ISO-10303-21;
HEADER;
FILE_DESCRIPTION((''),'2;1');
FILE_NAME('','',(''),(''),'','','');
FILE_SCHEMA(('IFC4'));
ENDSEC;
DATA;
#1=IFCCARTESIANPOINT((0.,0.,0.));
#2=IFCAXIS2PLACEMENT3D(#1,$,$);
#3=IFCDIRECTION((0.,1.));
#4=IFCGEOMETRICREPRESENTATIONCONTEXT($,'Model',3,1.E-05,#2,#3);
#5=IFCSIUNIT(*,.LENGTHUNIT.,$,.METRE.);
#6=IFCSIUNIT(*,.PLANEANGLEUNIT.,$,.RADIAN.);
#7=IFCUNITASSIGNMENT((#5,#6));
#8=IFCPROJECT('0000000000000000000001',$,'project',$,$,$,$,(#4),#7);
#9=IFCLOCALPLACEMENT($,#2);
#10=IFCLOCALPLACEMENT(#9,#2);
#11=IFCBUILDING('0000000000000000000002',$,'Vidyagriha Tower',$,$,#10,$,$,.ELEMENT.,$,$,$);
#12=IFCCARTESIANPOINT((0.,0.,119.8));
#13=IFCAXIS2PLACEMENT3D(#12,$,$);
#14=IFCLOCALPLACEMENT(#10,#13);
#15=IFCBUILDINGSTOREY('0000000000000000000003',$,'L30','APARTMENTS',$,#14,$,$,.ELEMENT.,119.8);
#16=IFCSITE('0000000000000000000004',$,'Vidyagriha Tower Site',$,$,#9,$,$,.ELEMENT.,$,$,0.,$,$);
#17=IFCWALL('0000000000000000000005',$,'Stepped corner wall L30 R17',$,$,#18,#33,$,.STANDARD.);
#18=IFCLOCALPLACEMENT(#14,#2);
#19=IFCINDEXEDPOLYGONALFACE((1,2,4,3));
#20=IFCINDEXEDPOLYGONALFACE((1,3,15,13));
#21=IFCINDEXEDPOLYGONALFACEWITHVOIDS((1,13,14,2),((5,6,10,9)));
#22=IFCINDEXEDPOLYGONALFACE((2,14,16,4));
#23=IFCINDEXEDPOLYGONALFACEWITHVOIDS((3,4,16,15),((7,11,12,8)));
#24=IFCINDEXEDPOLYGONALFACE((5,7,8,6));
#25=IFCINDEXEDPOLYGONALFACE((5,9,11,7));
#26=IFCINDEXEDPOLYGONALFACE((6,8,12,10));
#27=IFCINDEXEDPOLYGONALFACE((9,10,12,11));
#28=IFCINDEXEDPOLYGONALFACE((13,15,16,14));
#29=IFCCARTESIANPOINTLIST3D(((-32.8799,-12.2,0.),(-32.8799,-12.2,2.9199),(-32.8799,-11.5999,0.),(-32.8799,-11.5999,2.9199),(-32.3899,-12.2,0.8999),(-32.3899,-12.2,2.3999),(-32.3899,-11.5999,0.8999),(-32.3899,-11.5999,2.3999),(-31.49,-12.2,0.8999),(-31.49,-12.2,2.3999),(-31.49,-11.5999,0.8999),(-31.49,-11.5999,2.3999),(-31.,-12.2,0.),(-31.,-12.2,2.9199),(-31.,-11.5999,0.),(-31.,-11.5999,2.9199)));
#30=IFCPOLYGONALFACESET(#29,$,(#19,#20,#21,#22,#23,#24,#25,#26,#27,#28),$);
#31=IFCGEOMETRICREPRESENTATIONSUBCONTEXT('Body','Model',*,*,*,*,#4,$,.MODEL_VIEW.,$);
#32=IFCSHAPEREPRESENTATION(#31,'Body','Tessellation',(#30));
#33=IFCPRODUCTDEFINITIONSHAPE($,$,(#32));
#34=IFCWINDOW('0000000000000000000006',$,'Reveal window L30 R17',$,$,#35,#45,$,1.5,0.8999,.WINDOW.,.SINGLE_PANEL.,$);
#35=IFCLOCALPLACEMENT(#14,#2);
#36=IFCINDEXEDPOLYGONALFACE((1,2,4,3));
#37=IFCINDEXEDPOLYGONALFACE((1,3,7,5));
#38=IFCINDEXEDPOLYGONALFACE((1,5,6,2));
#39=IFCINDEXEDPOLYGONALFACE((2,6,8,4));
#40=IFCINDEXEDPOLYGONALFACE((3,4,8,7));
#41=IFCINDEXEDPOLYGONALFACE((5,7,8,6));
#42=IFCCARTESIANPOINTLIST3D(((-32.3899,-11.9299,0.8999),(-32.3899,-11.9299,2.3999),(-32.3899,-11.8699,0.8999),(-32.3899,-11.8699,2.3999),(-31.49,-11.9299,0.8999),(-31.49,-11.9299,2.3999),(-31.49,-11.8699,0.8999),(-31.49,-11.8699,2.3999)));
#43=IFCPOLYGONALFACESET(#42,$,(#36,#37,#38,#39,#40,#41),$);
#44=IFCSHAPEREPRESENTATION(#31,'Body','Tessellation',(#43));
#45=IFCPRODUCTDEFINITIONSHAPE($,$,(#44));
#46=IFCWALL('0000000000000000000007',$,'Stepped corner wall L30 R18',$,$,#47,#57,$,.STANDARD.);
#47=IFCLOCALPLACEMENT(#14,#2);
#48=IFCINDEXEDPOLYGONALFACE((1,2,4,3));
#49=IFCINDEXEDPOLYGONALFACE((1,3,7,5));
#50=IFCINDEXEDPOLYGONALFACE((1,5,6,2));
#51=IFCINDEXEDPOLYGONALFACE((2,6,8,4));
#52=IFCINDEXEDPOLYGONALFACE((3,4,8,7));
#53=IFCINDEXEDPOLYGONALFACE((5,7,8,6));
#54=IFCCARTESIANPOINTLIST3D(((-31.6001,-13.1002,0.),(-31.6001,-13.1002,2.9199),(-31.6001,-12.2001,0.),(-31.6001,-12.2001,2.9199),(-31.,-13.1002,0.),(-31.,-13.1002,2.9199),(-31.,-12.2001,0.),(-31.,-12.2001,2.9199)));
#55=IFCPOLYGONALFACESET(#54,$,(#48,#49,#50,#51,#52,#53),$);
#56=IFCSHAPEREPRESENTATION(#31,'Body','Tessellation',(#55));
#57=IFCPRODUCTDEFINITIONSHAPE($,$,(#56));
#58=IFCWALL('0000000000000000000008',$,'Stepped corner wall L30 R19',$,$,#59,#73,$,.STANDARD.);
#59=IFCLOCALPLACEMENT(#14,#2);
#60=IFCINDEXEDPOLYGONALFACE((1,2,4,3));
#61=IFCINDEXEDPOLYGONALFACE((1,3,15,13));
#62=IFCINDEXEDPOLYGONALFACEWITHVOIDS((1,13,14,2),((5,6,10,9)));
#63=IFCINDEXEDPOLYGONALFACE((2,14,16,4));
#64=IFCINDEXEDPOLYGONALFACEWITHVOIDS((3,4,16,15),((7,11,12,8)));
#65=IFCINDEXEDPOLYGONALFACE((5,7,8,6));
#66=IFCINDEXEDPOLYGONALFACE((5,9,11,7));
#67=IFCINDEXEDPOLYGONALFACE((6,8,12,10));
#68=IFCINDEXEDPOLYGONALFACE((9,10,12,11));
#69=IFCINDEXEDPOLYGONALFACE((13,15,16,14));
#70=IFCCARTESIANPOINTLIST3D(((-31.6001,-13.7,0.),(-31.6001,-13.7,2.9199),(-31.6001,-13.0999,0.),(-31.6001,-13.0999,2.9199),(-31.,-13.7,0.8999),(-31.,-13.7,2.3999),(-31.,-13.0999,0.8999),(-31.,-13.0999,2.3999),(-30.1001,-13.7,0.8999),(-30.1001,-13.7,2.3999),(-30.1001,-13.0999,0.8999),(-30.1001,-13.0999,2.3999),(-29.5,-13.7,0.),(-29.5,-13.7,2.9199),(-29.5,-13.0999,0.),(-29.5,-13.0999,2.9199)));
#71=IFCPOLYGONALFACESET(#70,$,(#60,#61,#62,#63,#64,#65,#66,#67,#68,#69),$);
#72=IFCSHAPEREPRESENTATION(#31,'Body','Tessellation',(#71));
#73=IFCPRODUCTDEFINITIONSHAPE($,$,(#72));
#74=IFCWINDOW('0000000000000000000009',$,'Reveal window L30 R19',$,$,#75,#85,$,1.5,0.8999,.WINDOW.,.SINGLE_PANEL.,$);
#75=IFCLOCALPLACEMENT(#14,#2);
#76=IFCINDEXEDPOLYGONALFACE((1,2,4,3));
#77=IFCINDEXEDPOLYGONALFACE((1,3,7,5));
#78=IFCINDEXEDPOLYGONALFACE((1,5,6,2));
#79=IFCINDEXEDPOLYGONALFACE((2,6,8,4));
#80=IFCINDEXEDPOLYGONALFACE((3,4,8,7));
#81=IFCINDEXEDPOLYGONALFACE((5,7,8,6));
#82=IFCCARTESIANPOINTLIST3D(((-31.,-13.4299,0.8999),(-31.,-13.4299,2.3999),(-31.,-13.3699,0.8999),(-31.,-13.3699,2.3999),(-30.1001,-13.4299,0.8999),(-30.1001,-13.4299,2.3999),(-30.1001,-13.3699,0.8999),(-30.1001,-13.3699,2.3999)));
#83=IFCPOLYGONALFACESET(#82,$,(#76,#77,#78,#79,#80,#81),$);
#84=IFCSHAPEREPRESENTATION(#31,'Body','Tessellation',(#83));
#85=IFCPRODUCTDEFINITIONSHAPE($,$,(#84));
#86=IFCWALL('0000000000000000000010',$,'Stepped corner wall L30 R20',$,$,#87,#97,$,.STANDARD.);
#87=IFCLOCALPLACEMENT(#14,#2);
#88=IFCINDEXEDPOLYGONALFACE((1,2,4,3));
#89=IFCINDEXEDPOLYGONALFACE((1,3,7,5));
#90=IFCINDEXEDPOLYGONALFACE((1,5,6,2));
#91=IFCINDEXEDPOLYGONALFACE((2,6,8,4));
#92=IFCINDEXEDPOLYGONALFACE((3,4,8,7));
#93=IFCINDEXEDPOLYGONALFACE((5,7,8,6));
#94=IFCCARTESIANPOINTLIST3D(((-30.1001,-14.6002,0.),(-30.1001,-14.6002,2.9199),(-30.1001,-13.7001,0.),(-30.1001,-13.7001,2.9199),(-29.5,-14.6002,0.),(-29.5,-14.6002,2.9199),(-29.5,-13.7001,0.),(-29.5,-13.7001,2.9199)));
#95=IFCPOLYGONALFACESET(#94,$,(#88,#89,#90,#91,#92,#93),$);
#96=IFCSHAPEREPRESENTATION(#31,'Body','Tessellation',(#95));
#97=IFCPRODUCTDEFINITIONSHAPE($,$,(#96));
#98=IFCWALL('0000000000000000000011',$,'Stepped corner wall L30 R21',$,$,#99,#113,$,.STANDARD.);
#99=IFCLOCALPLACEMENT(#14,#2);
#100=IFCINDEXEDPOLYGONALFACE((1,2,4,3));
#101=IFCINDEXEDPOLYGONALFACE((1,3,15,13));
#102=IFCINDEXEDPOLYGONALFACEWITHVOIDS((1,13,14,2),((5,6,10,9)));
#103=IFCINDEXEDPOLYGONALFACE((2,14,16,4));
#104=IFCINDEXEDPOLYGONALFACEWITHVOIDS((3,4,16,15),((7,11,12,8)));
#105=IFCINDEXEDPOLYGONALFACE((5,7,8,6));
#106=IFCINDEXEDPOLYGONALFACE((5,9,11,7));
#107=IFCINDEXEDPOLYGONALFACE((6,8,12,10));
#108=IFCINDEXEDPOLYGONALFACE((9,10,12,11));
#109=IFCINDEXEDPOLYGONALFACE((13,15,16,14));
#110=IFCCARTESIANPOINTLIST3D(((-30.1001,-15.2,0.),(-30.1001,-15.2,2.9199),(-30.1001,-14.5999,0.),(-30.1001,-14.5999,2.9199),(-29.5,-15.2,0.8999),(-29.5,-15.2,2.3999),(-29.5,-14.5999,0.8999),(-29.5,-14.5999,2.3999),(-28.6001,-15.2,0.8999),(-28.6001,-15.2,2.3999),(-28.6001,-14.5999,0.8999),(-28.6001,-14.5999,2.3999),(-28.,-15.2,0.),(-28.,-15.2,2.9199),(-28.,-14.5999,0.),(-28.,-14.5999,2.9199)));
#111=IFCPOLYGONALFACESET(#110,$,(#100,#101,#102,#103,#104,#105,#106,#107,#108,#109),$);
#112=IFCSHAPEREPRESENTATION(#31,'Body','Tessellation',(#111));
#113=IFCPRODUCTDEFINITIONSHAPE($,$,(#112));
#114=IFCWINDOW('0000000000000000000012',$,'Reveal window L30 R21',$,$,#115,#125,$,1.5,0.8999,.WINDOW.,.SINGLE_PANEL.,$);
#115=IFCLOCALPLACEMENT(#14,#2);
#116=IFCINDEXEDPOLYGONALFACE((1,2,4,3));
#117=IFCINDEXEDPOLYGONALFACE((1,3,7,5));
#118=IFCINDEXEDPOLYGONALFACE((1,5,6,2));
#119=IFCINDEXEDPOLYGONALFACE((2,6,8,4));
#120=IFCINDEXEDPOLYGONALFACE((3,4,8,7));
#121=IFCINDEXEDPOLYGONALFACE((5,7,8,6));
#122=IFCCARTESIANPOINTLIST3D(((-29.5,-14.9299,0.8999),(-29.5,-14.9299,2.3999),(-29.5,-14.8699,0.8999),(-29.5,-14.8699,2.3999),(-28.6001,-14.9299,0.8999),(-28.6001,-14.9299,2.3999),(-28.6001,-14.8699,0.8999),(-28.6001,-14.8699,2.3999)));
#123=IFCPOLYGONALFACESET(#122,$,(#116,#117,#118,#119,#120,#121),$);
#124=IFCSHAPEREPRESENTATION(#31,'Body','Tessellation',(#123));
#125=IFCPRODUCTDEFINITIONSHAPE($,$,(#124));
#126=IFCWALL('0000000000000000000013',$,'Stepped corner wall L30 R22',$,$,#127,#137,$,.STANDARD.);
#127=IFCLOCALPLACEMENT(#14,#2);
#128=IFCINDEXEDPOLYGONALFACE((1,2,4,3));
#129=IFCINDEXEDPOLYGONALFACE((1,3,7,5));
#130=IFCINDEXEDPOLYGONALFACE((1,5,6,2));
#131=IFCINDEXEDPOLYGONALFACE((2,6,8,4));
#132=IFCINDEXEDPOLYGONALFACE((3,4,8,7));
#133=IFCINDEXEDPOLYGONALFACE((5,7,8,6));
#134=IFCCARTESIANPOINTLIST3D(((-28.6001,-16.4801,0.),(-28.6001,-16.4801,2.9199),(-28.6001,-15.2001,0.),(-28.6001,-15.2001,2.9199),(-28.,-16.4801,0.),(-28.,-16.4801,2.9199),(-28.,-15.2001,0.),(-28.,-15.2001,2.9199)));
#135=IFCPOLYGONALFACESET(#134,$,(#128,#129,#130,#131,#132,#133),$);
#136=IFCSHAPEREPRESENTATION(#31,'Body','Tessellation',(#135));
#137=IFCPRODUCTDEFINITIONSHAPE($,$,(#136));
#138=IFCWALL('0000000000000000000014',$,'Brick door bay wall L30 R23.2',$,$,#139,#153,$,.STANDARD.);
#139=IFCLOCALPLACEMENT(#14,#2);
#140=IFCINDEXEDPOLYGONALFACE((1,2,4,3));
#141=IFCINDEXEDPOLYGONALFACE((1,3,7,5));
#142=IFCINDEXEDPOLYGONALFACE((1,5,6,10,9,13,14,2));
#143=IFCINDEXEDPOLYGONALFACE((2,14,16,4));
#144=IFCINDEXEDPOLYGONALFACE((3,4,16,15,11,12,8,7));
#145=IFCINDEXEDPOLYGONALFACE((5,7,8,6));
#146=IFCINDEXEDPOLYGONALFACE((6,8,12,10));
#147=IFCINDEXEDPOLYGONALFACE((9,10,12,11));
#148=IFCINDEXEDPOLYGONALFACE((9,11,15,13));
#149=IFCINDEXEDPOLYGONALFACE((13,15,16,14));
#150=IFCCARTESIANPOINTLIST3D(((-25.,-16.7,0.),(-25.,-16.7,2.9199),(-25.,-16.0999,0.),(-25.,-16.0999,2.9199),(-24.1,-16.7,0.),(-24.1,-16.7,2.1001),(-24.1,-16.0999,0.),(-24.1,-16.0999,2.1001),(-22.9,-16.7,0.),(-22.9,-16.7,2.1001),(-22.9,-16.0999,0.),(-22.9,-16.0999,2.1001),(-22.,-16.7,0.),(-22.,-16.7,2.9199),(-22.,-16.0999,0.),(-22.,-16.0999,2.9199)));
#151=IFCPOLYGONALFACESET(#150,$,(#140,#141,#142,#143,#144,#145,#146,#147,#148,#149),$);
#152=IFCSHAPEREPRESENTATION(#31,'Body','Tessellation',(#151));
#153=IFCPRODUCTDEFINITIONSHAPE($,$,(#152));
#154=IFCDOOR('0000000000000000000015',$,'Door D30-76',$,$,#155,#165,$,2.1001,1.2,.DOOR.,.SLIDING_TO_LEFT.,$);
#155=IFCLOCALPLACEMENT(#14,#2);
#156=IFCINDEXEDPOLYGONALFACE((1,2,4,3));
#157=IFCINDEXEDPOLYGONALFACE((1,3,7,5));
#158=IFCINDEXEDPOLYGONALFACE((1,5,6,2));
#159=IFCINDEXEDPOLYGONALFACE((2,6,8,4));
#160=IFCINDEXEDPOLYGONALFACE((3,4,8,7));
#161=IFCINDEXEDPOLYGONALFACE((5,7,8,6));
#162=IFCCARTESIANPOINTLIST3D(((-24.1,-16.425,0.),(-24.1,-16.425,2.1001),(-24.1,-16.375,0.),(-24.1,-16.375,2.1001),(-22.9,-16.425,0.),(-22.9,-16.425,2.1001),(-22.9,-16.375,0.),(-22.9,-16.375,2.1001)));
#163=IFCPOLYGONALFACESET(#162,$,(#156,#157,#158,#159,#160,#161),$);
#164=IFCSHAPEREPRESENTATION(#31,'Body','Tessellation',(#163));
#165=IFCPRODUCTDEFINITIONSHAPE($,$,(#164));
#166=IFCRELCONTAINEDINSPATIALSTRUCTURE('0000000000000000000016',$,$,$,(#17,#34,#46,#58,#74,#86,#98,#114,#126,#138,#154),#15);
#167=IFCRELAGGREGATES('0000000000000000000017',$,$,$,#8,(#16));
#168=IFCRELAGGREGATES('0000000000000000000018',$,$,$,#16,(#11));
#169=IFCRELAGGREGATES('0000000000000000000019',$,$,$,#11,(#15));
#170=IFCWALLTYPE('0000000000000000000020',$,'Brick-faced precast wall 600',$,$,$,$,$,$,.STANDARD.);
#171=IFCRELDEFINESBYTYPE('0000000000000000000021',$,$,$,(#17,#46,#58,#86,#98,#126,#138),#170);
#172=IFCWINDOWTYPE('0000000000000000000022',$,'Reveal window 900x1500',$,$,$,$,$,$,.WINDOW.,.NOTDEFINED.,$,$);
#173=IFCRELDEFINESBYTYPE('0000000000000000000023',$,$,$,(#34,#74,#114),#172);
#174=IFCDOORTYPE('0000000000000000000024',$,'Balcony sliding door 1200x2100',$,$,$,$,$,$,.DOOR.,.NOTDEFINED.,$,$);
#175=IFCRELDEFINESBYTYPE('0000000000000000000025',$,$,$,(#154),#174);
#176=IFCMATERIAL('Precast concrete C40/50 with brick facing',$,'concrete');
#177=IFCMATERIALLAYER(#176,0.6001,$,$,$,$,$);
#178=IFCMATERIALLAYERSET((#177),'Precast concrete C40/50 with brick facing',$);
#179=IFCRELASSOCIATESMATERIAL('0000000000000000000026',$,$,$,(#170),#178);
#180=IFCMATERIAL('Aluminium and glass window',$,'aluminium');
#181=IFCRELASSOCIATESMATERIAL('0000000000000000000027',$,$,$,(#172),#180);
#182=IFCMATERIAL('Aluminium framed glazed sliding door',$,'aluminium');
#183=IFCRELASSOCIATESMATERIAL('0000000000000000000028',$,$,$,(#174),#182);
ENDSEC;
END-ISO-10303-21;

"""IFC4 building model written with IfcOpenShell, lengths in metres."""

from ifc_helpers import new_model, si_unit, direction, frame, frame_2d, origin, place, context, subcontext, project, spatial, rectangle, extrude, material, layer, layer_set, type_object, element, fill, save


model = new_model("IFC4")

# Units and contexts
model_context = context("Model", 3, precision=1e-05, world=origin(), true_north=direction((0.0, 1.0)))
body_context = subcontext(model_context, "Body", "Model", "MODEL_VIEW")
ifc_project = project(units=[si_unit("LENGTHUNIT", "METRE"), si_unit("PLANEANGLEUNIT", "RADIAN")], contexts=[model_context])

# Site, building, storey
site_placement = place(None, origin())
site = spatial("IfcSite", under=ifc_project, at=site_placement, Name="Vidyagriha Tower Site", CompositionType="ELEMENT", RefElevation=0.0)
building_placement = place(site_placement, origin())
building = spatial("IfcBuilding", under=site, at=building_placement, Name="Vidyagriha Tower", CompositionType="ELEMENT")
storey_placement = place(building_placement, frame((0.0, 0.0, 119.8)))
storey = spatial("IfcBuildingStorey", under=building, at=storey_placement, Name="L30", Description="APARTMENTS", CompositionType="ELEMENT", Elevation=119.8)

# Wall, opening, window
ifc_material_1 = material(Name="Precast concrete C40/50 with brick facing", Category="concrete")
ifc_layer_1 = layer(ifc_material_1, 0.6001)
ifc_layer_set_1 = layer_set([ifc_layer_1], Name="Precast concrete C40/50 with brick facing")
wall_type = type_object("IfcWallType", Name="Brick-faced precast wall 600", PredefinedType="STANDARD", material=ifc_layer_set_1)
wall_1_placement = place(storey_placement, frame((-32.8799, -11.8999, 0.0)))
wall_1 = element("IfcWall", 1, at=wall_1_placement, inside=storey, type_object=wall_type, Name="Stepped corner wall L30 R17", PredefinedType="STANDARD", context=body_context, shape_type="SweptSolid", body=[
    extrude(rectangle(XDim=1.8799, YDim=0.6001, at=frame_2d((0.9399, 0.0))), origin(), (0.0, 0.0, 1.0), 2.9199),
])
opening_1_placement = place(wall_1_placement, frame((0.49, 0.0, 0.8999)))
opening_1 = element("IfcOpeningElement", 2, at=opening_1_placement, cuts=wall_1, PredefinedType="OPENING", context=body_context, shape_type="SweptSolid", body=[
    extrude(rectangle(XDim=0.8999, YDim=1.5, at=frame_2d((0.45, 0.75))), frame((0.0, 0.3101, 0.0), z_axis=(0.0, -1.0, 0.0), x_axis=(1.0, 0.0, 0.0)), (0.0, 0.0, 1.0), 0.6201),
])
ifc_material_2 = material(Name="Aluminium and glass window", Category="aluminium")
window_type = type_object("IfcWindowType", Name="Reveal window 900x1500", PartitioningType="NOTDEFINED", PredefinedType="WINDOW", material=ifc_material_2)
window_1_placement = place(opening_1_placement, origin())
window_1 = element("IfcWindow", 3, at=window_1_placement, inside=storey, type_object=window_type, Name="Reveal window L30 R17", OverallHeight=1.5, OverallWidth=0.8999, PartitioningType="SINGLE_PANEL", PredefinedType="WINDOW", context=body_context, shape_type="SweptSolid", body=[
    extrude(rectangle(XDim=0.8999, YDim=1.5, at=frame_2d((0.45, 0.75))), frame((0.0, 0.03, 0.0), z_axis=(0.0, -1.0, 0.0), x_axis=(1.0, 0.0, 0.0)), (0.0, 0.0, 1.0), 0.0601),
])
fill(opening_1, window_1)

# Wall
wall_2_placement = place(storey_placement, frame((-31.3, -12.2, 0.0), z_axis=(0.0, 0.0, 1.0), x_axis=(0.0, -1.0, 0.0)))
element("IfcWall", 4, at=wall_2_placement, inside=storey, type_object=wall_type, Name="Stepped corner wall L30 R18", PredefinedType="STANDARD", context=body_context, shape_type="SweptSolid", body=[
    extrude(rectangle(XDim=0.9001, YDim=0.6001, at=frame_2d((0.4502, 0.0))), origin(), (0.0, 0.0, 1.0), 2.9199),
])

# Wall, opening, window
wall_3_placement = place(storey_placement, frame((-31.6001, -13.3999, 0.0)))
wall_3 = element("IfcWall", 5, at=wall_3_placement, inside=storey, type_object=wall_type, Name="Stepped corner wall L30 R19", PredefinedType="STANDARD", context=body_context, shape_type="SweptSolid", body=[
    extrude(rectangle(XDim=2.1001, YDim=0.6001, at=frame_2d((1.05, 0.0))), origin(), (0.0, 0.0, 1.0), 2.9199),
])
opening_2_placement = place(wall_3_placement, frame((0.6001, 0.0, 0.8999)))
opening_2 = element("IfcOpeningElement", 6, at=opening_2_placement, cuts=wall_3, PredefinedType="OPENING", context=body_context, shape_type="SweptSolid", body=[
    extrude(rectangle(XDim=0.8999, YDim=1.5, at=frame_2d((0.45, 0.75))), frame((0.0, 0.3101, 0.0), z_axis=(0.0, -1.0, 0.0), x_axis=(1.0, 0.0, 0.0)), (0.0, 0.0, 1.0), 0.6201),
])
window_2_placement = place(opening_2_placement, origin())
window_2 = element("IfcWindow", 7, at=window_2_placement, inside=storey, type_object=window_type, Name="Reveal window L30 R19", OverallHeight=1.5, OverallWidth=0.8999, PartitioningType="SINGLE_PANEL", PredefinedType="WINDOW", context=body_context, shape_type="SweptSolid", body=[
    extrude(rectangle(XDim=0.8999, YDim=1.5, at=frame_2d((0.45, 0.75))), frame((0.0, 0.03, 0.0), z_axis=(0.0, -1.0, 0.0), x_axis=(1.0, 0.0, 0.0)), (0.0, 0.0, 1.0), 0.0601),
])
fill(opening_2, window_2)

# Wall
wall_4_placement = place(storey_placement, frame((-29.8, -13.7, 0.0), z_axis=(0.0, 0.0, 1.0), x_axis=(0.0, -1.0, 0.0)))
element("IfcWall", 8, at=wall_4_placement, inside=storey, type_object=wall_type, Name="Stepped corner wall L30 R20", PredefinedType="STANDARD", context=body_context, shape_type="SweptSolid", body=[
    extrude(rectangle(XDim=0.9001, YDim=0.6001, at=frame_2d((0.4502, 0.0))), origin(), (0.0, 0.0, 1.0), 2.9199),
])

# Wall, opening, window
wall_5_placement = place(storey_placement, frame((-30.1001, -14.8999, 0.0)))
wall_5 = element("IfcWall", 9, at=wall_5_placement, inside=storey, type_object=wall_type, Name="Stepped corner wall L30 R21", PredefinedType="STANDARD", context=body_context, shape_type="SweptSolid", body=[
    extrude(rectangle(XDim=2.1001, YDim=0.6001, at=frame_2d((1.05, 0.0))), origin(), (0.0, 0.0, 1.0), 2.9199),
])
opening_3_placement = place(wall_5_placement, frame((0.6001, 0.0, 0.8999)))
opening_3 = element("IfcOpeningElement", 10, at=opening_3_placement, cuts=wall_5, PredefinedType="OPENING", context=body_context, shape_type="SweptSolid", body=[
    extrude(rectangle(XDim=0.8999, YDim=1.5, at=frame_2d((0.45, 0.75))), frame((0.0, 0.3101, 0.0), z_axis=(0.0, -1.0, 0.0), x_axis=(1.0, 0.0, 0.0)), (0.0, 0.0, 1.0), 0.6201),
])
window_3_placement = place(opening_3_placement, origin())
window_3 = element("IfcWindow", 11, at=window_3_placement, inside=storey, type_object=window_type, Name="Reveal window L30 R21", OverallHeight=1.5, OverallWidth=0.8999, PartitioningType="SINGLE_PANEL", PredefinedType="WINDOW", context=body_context, shape_type="SweptSolid", body=[
    extrude(rectangle(XDim=0.8999, YDim=1.5, at=frame_2d((0.45, 0.75))), frame((0.0, 0.03, 0.0), z_axis=(0.0, -1.0, 0.0), x_axis=(1.0, 0.0, 0.0)), (0.0, 0.0, 1.0), 0.0601),
])
fill(opening_3, window_3)

# Wall
wall_6_placement = place(storey_placement, frame((-28.3, -15.2, 0.0), z_axis=(0.0, 0.0, 1.0), x_axis=(0.0, -1.0, 0.0)))
element("IfcWall", 12, at=wall_6_placement, inside=storey, type_object=wall_type, Name="Stepped corner wall L30 R22", PredefinedType="STANDARD", context=body_context, shape_type="SweptSolid", body=[
    extrude(rectangle(XDim=1.28, YDim=0.6001, at=frame_2d((0.6401, 0.0))), origin(), (0.0, 0.0, 1.0), 2.9199),
])

# Wall, opening, door
wall_7_placement = place(storey_placement, frame((-25.0, -16.3999, 0.0)))
wall_7 = element("IfcWall", 13, at=wall_7_placement, inside=storey, type_object=wall_type, Name="Brick door bay wall L30 R23.2", PredefinedType="STANDARD", context=body_context, shape_type="SweptSolid", body=[
    extrude(rectangle(XDim=3.0, YDim=0.6001, at=frame_2d((1.5, 0.0))), origin(), (0.0, 0.0, 1.0), 2.9199),
])
opening_4_placement = place(wall_7_placement, frame((0.8999, 0.0, 0.0)))
opening_4 = element("IfcOpeningElement", 14, at=opening_4_placement, cuts=wall_7, PredefinedType="OPENING", context=body_context, shape_type="SweptSolid", body=[
    extrude(rectangle(XDim=1.2, YDim=2.1001, at=frame_2d((0.6001, 1.05))), frame((0.0, 0.3101, 0.0), z_axis=(0.0, -1.0, 0.0), x_axis=(1.0, 0.0, 0.0)), (0.0, 0.0, 1.0), 0.6201),
])
ifc_material_3 = material(Name="Aluminium framed glazed sliding door", Category="aluminium")
door_type = type_object("IfcDoorType", Name="Balcony sliding door 1200x2100", OperationType="NOTDEFINED", PredefinedType="DOOR", material=ifc_material_3)
door_placement = place(opening_4_placement, origin())
door = element("IfcDoor", 15, at=door_placement, inside=storey, type_object=door_type, Name="Door D30-76", OperationType="SLIDING_TO_LEFT", OverallHeight=2.1001, OverallWidth=1.2, PredefinedType="DOOR", context=body_context, shape_type="SweptSolid", body=[
    extrude(rectangle(XDim=1.2, YDim=2.1001, at=frame_2d((0.6001, 1.05))), frame((0.0, 0.0249, 0.0), z_axis=(0.0, -1.0, 0.0), x_axis=(1.0, 0.0, 0.0)), (0.0, 0.0, 1.0), 0.05),
])
fill(opening_4, door)

save(model, "model.ifc")
